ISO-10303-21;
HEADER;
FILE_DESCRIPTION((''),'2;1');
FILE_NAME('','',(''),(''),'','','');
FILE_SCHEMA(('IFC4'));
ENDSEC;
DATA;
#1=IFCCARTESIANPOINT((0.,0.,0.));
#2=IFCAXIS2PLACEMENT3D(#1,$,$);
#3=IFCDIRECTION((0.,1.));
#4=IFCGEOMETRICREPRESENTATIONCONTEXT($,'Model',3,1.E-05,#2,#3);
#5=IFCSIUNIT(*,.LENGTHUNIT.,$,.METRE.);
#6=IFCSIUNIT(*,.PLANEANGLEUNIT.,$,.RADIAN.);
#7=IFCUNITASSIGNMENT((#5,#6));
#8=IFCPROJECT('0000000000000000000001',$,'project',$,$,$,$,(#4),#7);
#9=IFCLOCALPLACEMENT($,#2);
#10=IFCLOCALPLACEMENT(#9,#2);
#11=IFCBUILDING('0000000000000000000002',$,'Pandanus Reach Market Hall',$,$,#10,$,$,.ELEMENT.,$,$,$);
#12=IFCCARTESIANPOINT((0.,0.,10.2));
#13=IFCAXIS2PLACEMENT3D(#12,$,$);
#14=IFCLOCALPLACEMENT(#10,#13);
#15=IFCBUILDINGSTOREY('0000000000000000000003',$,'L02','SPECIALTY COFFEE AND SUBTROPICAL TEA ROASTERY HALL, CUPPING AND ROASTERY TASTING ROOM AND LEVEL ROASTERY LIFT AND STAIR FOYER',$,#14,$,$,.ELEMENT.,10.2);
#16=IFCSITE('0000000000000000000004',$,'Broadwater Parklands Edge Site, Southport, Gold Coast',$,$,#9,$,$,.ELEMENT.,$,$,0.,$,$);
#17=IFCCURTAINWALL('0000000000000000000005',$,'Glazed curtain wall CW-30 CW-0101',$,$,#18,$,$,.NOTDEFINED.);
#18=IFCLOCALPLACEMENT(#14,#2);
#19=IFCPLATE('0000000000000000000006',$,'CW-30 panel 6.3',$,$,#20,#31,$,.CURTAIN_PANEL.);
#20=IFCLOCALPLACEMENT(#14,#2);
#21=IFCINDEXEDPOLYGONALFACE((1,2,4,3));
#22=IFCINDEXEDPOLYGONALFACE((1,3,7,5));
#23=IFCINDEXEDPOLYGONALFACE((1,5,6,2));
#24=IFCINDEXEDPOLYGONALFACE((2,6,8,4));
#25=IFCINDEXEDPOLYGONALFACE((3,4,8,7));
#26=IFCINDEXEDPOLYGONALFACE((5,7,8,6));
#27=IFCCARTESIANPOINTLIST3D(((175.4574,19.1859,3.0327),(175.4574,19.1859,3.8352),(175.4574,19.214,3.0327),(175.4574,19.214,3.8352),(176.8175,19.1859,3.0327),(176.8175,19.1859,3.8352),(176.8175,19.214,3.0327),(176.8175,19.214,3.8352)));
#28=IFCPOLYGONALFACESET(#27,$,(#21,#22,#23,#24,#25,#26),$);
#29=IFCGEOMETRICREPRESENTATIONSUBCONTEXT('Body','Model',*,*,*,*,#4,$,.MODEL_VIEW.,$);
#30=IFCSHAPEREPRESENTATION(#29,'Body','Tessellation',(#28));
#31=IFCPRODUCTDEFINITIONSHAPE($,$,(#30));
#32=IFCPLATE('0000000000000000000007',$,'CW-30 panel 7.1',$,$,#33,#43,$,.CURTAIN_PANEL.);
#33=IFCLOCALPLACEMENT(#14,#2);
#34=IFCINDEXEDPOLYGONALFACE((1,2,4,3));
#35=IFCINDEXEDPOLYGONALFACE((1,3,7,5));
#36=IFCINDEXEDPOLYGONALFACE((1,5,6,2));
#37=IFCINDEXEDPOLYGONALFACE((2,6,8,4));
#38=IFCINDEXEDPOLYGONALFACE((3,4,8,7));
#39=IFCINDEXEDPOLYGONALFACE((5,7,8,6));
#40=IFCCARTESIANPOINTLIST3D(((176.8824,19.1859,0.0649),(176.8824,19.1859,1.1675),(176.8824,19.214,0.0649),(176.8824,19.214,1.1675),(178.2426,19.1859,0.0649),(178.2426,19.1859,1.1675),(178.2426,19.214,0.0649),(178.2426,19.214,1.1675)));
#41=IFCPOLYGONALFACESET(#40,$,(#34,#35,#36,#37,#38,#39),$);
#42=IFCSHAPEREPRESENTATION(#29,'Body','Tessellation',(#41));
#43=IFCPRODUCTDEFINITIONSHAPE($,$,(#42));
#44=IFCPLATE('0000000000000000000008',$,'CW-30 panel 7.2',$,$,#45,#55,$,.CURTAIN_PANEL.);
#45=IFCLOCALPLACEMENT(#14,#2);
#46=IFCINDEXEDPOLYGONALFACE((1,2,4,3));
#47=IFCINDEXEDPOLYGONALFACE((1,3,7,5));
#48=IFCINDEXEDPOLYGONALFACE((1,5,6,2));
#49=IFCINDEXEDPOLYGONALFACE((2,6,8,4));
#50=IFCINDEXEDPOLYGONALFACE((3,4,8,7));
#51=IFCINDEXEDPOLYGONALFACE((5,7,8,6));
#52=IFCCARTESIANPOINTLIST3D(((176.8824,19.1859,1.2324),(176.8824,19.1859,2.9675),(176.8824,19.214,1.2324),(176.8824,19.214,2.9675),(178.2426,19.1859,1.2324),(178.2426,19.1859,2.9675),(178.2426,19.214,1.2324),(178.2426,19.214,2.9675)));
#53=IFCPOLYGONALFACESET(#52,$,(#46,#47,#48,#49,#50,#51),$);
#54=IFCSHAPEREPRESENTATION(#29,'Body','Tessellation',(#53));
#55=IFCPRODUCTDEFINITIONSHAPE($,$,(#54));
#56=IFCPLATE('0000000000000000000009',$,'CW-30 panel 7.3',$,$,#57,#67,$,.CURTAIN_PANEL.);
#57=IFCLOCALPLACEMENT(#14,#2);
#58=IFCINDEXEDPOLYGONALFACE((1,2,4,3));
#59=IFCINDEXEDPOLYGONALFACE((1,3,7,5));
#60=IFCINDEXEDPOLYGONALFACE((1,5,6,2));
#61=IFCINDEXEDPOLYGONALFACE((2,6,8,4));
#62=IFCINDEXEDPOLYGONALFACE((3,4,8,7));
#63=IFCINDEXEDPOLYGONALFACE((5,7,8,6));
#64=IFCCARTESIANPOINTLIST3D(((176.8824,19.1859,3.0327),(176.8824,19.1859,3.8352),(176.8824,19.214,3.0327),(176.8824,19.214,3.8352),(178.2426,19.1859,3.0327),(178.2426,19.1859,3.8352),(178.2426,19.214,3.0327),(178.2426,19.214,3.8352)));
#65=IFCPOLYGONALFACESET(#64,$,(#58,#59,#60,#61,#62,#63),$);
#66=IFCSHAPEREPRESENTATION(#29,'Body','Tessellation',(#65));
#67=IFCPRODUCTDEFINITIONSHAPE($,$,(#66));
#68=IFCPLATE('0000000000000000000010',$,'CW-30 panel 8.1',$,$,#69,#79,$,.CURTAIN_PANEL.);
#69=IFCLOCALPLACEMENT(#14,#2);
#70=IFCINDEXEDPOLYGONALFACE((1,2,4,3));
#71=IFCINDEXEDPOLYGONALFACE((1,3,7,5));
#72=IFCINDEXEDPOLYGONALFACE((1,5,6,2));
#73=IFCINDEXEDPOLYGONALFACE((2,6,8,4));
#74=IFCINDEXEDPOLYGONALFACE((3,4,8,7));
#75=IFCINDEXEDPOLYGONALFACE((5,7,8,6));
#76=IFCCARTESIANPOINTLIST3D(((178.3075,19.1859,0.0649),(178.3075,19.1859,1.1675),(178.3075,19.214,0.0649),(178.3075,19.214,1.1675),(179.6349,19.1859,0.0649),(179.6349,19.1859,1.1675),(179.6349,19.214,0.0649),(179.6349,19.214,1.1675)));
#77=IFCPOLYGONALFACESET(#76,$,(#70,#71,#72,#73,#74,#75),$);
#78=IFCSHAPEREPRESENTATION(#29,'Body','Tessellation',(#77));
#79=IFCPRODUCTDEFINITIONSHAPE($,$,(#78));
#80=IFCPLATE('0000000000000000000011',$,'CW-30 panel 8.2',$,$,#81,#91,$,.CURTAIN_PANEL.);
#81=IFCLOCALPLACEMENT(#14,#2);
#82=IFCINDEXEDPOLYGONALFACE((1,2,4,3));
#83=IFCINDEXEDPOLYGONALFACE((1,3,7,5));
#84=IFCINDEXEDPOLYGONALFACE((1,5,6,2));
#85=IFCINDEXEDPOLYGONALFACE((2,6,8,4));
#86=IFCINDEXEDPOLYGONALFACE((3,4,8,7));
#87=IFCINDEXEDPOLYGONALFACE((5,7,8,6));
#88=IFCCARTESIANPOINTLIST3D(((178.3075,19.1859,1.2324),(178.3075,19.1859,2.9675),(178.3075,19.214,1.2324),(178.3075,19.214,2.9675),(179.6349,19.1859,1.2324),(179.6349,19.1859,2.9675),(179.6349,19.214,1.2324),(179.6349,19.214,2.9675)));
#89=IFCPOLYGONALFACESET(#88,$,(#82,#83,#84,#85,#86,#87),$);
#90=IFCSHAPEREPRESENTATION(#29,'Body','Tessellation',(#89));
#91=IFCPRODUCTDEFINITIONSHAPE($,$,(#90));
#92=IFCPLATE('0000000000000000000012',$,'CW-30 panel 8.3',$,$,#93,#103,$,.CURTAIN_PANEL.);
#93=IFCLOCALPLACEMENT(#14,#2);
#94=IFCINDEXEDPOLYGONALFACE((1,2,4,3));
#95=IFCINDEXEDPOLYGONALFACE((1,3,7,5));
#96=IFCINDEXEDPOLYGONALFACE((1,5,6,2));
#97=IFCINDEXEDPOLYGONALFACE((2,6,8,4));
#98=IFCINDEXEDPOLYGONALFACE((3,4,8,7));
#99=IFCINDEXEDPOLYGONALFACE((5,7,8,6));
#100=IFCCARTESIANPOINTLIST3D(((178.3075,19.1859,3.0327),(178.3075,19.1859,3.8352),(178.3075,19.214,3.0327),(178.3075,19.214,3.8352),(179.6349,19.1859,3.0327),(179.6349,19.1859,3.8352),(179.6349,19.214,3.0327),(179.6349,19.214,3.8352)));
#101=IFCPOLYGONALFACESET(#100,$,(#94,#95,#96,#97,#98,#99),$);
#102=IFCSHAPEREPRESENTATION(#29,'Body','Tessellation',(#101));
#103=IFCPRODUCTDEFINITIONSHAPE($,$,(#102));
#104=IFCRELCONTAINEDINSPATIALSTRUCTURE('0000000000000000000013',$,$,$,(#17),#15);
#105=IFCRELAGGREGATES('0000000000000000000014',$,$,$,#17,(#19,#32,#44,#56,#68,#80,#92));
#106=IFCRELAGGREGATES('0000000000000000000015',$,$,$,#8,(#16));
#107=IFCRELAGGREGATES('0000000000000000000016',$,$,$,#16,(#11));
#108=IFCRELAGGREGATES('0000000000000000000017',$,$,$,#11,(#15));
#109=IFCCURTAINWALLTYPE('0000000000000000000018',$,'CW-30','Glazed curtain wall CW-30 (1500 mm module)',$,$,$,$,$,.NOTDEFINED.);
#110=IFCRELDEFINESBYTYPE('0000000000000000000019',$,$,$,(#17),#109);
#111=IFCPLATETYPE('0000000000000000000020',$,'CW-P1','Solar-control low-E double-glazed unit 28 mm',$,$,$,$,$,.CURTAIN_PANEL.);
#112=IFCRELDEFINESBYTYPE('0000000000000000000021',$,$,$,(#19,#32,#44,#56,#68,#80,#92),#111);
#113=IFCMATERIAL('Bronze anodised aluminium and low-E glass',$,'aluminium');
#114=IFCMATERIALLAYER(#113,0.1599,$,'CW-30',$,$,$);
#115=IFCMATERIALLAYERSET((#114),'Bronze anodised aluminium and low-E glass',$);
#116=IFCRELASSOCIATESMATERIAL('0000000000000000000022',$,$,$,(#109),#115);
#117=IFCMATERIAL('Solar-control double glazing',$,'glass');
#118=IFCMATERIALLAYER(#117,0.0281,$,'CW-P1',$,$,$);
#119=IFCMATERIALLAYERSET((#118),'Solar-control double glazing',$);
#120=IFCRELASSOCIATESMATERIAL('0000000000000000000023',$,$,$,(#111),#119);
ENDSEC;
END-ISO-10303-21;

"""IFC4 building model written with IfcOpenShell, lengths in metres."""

from ifc_helpers import new_model, si_unit, direction, frame, origin, origin_2d, place, context, subcontext, project, spatial, rectangle, extrude, material, layer, layer_set, type_object, element, aggregate, save


model = new_model("IFC4")

# Units and contexts
model_context = context("Model", 3, precision=1e-05, world=origin(), true_north=direction((0.0, 1.0)))
body_context = subcontext(model_context, "Body", "Model", "MODEL_VIEW")
ifc_project = project(units=[si_unit("LENGTHUNIT", "METRE"), si_unit("PLANEANGLEUNIT", "RADIAN")], contexts=[model_context])

# Site, building, storey
site_placement = place(None, origin())
site = spatial("IfcSite", under=ifc_project, at=site_placement, Name="Broadwater Parklands Edge Site, Southport, Gold Coast", CompositionType="ELEMENT", RefElevation=0.0)
building_placement = place(site_placement, origin())
building = spatial("IfcBuilding", under=site, at=building_placement, Name="Pandanus Reach Market Hall", CompositionType="ELEMENT")
storey_placement = place(building_placement, frame((0.0, 0.0, 10.2)))
storey = spatial("IfcBuildingStorey", under=building, at=storey_placement, Name="L02", Description="SPECIALTY COFFEE AND SUBTROPICAL TEA ROASTERY HALL, CUPPING AND ROASTERY TASTING ROOM AND LEVEL ROASTERY LIFT AND STAIR FOYER", CompositionType="ELEMENT", Elevation=10.2)

# Curtain wall
ifc_material_1 = material(Name="Bronze anodised aluminium and low-E glass", Category="aluminium")
ifc_layer_1 = layer(ifc_material_1, 0.1599, Name="CW-30")
ifc_layer_set_1 = layer_set([ifc_layer_1], Name="Bronze anodised aluminium and low-E glass")
curtain_wall_type_1 = type_object("IfcCurtainWallType", Name="CW-30", Description="Glazed curtain wall CW-30 (1500 mm module)", PredefinedType="NOTDEFINED", material=ifc_layer_set_1)
curtain_wall_1_placement = place(storey_placement, origin())
curtain_wall_1 = element("IfcCurtainWall", 1, at=curtain_wall_1_placement, inside=storey, type_object=curtain_wall_type_1, Name="Glazed curtain wall CW-30 CW-0101", PredefinedType="NOTDEFINED")

# Plates
ifc_material_2 = material(Name="Solar-control double glazing", Category="glass")
ifc_layer_2 = layer(ifc_material_2, 0.0281, Name="CW-P1")
ifc_layer_set_2 = layer_set([ifc_layer_2], Name="Solar-control double glazing")
plate_type = type_object("IfcPlateType", Name="CW-P1", Description="Solar-control low-E double-glazed unit 28 mm", PredefinedType="CURTAIN_PANEL", material=ifc_layer_set_2)
plate_1_placement = place(storey_placement, frame((176.1375, 19.2, 3.0327), z_axis=(0.0, 0.0, 1.0), x_axis=(1.0, 0.0, 0.0)))
plate_1 = element("IfcPlate", 2, at=plate_1_placement, type_object=plate_type, Name="CW-30 panel 6.3", PredefinedType="CURTAIN_PANEL", context=body_context, shape_type="SweptSolid", body=[
    extrude(rectangle(XDim=1.3601, YDim=0.0281, at=origin_2d()), origin(), (0.0, 0.0, 1.0), 0.8025),
])
plate_2_placement = place(storey_placement, frame((177.5625, 19.2, 0.0649), z_axis=(0.0, 0.0, 1.0), x_axis=(1.0, 0.0, 0.0)))
plate_2 = element("IfcPlate", 3, at=plate_2_placement, type_object=plate_type, Name="CW-30 panel 7.1", PredefinedType="CURTAIN_PANEL", context=body_context, shape_type="SweptSolid", body=[
    extrude(rectangle(XDim=1.3601, YDim=0.0281, at=origin_2d()), origin(), (0.0, 0.0, 1.0), 1.1025),
])
plate_3_placement = place(storey_placement, frame((177.5625, 19.2, 1.2324), z_axis=(0.0, 0.0, 1.0), x_axis=(1.0, 0.0, 0.0)))
plate_3 = element("IfcPlate", 4, at=plate_3_placement, type_object=plate_type, Name="CW-30 panel 7.2", PredefinedType="CURTAIN_PANEL", context=body_context, shape_type="SweptSolid", body=[
    extrude(rectangle(XDim=1.3601, YDim=0.0281, at=origin_2d()), origin(), (0.0, 0.0, 1.0), 1.7351),
])
plate_4_placement = place(storey_placement, frame((177.5625, 19.2, 3.0327), z_axis=(0.0, 0.0, 1.0), x_axis=(1.0, 0.0, 0.0)))
plate_4 = element("IfcPlate", 5, at=plate_4_placement, type_object=plate_type, Name="CW-30 panel 7.3", PredefinedType="CURTAIN_PANEL", context=body_context, shape_type="SweptSolid", body=[
    extrude(rectangle(XDim=1.3601, YDim=0.0281, at=origin_2d()), origin(), (0.0, 0.0, 1.0), 0.8025),
])
plate_5_placement = place(storey_placement, frame((178.9712, 19.2, 0.0649), z_axis=(0.0, 0.0, 1.0), x_axis=(1.0, 0.0, 0.0)))
plate_5 = element("IfcPlate", 6, at=plate_5_placement, type_object=plate_type, Name="CW-30 panel 8.1", PredefinedType="CURTAIN_PANEL", context=body_context, shape_type="SweptSolid", body=[
    extrude(rectangle(XDim=1.3274, YDim=0.0281, at=origin_2d()), origin(), (0.0, 0.0, 1.0), 1.1025),
])
plate_6_placement = place(storey_placement, frame((178.9712, 19.2, 1.2324), z_axis=(0.0, 0.0, 1.0), x_axis=(1.0, 0.0, 0.0)))
plate_6 = element("IfcPlate", 7, at=plate_6_placement, type_object=plate_type, Name="CW-30 panel 8.2", PredefinedType="CURTAIN_PANEL", context=body_context, shape_type="SweptSolid", body=[
    extrude(rectangle(XDim=1.3274, YDim=0.0281, at=origin_2d()), origin(), (0.0, 0.0, 1.0), 1.7351),
])
plate_7_placement = place(storey_placement, frame((178.9712, 19.2, 3.0327), z_axis=(0.0, 0.0, 1.0), x_axis=(1.0, 0.0, 0.0)))
plate_7 = element("IfcPlate", 8, at=plate_7_placement, type_object=plate_type, Name="CW-30 panel 8.3", PredefinedType="CURTAIN_PANEL", context=body_context, shape_type="SweptSolid", body=[
    extrude(rectangle(XDim=1.3274, YDim=0.0281, at=origin_2d()), origin(), (0.0, 0.0, 1.0), 0.8025),
])
aggregate(curtain_wall_1, [plate_1, plate_2, plate_3, plate_4, plate_5, plate_6, plate_7])

save(model, "model.ifc")
